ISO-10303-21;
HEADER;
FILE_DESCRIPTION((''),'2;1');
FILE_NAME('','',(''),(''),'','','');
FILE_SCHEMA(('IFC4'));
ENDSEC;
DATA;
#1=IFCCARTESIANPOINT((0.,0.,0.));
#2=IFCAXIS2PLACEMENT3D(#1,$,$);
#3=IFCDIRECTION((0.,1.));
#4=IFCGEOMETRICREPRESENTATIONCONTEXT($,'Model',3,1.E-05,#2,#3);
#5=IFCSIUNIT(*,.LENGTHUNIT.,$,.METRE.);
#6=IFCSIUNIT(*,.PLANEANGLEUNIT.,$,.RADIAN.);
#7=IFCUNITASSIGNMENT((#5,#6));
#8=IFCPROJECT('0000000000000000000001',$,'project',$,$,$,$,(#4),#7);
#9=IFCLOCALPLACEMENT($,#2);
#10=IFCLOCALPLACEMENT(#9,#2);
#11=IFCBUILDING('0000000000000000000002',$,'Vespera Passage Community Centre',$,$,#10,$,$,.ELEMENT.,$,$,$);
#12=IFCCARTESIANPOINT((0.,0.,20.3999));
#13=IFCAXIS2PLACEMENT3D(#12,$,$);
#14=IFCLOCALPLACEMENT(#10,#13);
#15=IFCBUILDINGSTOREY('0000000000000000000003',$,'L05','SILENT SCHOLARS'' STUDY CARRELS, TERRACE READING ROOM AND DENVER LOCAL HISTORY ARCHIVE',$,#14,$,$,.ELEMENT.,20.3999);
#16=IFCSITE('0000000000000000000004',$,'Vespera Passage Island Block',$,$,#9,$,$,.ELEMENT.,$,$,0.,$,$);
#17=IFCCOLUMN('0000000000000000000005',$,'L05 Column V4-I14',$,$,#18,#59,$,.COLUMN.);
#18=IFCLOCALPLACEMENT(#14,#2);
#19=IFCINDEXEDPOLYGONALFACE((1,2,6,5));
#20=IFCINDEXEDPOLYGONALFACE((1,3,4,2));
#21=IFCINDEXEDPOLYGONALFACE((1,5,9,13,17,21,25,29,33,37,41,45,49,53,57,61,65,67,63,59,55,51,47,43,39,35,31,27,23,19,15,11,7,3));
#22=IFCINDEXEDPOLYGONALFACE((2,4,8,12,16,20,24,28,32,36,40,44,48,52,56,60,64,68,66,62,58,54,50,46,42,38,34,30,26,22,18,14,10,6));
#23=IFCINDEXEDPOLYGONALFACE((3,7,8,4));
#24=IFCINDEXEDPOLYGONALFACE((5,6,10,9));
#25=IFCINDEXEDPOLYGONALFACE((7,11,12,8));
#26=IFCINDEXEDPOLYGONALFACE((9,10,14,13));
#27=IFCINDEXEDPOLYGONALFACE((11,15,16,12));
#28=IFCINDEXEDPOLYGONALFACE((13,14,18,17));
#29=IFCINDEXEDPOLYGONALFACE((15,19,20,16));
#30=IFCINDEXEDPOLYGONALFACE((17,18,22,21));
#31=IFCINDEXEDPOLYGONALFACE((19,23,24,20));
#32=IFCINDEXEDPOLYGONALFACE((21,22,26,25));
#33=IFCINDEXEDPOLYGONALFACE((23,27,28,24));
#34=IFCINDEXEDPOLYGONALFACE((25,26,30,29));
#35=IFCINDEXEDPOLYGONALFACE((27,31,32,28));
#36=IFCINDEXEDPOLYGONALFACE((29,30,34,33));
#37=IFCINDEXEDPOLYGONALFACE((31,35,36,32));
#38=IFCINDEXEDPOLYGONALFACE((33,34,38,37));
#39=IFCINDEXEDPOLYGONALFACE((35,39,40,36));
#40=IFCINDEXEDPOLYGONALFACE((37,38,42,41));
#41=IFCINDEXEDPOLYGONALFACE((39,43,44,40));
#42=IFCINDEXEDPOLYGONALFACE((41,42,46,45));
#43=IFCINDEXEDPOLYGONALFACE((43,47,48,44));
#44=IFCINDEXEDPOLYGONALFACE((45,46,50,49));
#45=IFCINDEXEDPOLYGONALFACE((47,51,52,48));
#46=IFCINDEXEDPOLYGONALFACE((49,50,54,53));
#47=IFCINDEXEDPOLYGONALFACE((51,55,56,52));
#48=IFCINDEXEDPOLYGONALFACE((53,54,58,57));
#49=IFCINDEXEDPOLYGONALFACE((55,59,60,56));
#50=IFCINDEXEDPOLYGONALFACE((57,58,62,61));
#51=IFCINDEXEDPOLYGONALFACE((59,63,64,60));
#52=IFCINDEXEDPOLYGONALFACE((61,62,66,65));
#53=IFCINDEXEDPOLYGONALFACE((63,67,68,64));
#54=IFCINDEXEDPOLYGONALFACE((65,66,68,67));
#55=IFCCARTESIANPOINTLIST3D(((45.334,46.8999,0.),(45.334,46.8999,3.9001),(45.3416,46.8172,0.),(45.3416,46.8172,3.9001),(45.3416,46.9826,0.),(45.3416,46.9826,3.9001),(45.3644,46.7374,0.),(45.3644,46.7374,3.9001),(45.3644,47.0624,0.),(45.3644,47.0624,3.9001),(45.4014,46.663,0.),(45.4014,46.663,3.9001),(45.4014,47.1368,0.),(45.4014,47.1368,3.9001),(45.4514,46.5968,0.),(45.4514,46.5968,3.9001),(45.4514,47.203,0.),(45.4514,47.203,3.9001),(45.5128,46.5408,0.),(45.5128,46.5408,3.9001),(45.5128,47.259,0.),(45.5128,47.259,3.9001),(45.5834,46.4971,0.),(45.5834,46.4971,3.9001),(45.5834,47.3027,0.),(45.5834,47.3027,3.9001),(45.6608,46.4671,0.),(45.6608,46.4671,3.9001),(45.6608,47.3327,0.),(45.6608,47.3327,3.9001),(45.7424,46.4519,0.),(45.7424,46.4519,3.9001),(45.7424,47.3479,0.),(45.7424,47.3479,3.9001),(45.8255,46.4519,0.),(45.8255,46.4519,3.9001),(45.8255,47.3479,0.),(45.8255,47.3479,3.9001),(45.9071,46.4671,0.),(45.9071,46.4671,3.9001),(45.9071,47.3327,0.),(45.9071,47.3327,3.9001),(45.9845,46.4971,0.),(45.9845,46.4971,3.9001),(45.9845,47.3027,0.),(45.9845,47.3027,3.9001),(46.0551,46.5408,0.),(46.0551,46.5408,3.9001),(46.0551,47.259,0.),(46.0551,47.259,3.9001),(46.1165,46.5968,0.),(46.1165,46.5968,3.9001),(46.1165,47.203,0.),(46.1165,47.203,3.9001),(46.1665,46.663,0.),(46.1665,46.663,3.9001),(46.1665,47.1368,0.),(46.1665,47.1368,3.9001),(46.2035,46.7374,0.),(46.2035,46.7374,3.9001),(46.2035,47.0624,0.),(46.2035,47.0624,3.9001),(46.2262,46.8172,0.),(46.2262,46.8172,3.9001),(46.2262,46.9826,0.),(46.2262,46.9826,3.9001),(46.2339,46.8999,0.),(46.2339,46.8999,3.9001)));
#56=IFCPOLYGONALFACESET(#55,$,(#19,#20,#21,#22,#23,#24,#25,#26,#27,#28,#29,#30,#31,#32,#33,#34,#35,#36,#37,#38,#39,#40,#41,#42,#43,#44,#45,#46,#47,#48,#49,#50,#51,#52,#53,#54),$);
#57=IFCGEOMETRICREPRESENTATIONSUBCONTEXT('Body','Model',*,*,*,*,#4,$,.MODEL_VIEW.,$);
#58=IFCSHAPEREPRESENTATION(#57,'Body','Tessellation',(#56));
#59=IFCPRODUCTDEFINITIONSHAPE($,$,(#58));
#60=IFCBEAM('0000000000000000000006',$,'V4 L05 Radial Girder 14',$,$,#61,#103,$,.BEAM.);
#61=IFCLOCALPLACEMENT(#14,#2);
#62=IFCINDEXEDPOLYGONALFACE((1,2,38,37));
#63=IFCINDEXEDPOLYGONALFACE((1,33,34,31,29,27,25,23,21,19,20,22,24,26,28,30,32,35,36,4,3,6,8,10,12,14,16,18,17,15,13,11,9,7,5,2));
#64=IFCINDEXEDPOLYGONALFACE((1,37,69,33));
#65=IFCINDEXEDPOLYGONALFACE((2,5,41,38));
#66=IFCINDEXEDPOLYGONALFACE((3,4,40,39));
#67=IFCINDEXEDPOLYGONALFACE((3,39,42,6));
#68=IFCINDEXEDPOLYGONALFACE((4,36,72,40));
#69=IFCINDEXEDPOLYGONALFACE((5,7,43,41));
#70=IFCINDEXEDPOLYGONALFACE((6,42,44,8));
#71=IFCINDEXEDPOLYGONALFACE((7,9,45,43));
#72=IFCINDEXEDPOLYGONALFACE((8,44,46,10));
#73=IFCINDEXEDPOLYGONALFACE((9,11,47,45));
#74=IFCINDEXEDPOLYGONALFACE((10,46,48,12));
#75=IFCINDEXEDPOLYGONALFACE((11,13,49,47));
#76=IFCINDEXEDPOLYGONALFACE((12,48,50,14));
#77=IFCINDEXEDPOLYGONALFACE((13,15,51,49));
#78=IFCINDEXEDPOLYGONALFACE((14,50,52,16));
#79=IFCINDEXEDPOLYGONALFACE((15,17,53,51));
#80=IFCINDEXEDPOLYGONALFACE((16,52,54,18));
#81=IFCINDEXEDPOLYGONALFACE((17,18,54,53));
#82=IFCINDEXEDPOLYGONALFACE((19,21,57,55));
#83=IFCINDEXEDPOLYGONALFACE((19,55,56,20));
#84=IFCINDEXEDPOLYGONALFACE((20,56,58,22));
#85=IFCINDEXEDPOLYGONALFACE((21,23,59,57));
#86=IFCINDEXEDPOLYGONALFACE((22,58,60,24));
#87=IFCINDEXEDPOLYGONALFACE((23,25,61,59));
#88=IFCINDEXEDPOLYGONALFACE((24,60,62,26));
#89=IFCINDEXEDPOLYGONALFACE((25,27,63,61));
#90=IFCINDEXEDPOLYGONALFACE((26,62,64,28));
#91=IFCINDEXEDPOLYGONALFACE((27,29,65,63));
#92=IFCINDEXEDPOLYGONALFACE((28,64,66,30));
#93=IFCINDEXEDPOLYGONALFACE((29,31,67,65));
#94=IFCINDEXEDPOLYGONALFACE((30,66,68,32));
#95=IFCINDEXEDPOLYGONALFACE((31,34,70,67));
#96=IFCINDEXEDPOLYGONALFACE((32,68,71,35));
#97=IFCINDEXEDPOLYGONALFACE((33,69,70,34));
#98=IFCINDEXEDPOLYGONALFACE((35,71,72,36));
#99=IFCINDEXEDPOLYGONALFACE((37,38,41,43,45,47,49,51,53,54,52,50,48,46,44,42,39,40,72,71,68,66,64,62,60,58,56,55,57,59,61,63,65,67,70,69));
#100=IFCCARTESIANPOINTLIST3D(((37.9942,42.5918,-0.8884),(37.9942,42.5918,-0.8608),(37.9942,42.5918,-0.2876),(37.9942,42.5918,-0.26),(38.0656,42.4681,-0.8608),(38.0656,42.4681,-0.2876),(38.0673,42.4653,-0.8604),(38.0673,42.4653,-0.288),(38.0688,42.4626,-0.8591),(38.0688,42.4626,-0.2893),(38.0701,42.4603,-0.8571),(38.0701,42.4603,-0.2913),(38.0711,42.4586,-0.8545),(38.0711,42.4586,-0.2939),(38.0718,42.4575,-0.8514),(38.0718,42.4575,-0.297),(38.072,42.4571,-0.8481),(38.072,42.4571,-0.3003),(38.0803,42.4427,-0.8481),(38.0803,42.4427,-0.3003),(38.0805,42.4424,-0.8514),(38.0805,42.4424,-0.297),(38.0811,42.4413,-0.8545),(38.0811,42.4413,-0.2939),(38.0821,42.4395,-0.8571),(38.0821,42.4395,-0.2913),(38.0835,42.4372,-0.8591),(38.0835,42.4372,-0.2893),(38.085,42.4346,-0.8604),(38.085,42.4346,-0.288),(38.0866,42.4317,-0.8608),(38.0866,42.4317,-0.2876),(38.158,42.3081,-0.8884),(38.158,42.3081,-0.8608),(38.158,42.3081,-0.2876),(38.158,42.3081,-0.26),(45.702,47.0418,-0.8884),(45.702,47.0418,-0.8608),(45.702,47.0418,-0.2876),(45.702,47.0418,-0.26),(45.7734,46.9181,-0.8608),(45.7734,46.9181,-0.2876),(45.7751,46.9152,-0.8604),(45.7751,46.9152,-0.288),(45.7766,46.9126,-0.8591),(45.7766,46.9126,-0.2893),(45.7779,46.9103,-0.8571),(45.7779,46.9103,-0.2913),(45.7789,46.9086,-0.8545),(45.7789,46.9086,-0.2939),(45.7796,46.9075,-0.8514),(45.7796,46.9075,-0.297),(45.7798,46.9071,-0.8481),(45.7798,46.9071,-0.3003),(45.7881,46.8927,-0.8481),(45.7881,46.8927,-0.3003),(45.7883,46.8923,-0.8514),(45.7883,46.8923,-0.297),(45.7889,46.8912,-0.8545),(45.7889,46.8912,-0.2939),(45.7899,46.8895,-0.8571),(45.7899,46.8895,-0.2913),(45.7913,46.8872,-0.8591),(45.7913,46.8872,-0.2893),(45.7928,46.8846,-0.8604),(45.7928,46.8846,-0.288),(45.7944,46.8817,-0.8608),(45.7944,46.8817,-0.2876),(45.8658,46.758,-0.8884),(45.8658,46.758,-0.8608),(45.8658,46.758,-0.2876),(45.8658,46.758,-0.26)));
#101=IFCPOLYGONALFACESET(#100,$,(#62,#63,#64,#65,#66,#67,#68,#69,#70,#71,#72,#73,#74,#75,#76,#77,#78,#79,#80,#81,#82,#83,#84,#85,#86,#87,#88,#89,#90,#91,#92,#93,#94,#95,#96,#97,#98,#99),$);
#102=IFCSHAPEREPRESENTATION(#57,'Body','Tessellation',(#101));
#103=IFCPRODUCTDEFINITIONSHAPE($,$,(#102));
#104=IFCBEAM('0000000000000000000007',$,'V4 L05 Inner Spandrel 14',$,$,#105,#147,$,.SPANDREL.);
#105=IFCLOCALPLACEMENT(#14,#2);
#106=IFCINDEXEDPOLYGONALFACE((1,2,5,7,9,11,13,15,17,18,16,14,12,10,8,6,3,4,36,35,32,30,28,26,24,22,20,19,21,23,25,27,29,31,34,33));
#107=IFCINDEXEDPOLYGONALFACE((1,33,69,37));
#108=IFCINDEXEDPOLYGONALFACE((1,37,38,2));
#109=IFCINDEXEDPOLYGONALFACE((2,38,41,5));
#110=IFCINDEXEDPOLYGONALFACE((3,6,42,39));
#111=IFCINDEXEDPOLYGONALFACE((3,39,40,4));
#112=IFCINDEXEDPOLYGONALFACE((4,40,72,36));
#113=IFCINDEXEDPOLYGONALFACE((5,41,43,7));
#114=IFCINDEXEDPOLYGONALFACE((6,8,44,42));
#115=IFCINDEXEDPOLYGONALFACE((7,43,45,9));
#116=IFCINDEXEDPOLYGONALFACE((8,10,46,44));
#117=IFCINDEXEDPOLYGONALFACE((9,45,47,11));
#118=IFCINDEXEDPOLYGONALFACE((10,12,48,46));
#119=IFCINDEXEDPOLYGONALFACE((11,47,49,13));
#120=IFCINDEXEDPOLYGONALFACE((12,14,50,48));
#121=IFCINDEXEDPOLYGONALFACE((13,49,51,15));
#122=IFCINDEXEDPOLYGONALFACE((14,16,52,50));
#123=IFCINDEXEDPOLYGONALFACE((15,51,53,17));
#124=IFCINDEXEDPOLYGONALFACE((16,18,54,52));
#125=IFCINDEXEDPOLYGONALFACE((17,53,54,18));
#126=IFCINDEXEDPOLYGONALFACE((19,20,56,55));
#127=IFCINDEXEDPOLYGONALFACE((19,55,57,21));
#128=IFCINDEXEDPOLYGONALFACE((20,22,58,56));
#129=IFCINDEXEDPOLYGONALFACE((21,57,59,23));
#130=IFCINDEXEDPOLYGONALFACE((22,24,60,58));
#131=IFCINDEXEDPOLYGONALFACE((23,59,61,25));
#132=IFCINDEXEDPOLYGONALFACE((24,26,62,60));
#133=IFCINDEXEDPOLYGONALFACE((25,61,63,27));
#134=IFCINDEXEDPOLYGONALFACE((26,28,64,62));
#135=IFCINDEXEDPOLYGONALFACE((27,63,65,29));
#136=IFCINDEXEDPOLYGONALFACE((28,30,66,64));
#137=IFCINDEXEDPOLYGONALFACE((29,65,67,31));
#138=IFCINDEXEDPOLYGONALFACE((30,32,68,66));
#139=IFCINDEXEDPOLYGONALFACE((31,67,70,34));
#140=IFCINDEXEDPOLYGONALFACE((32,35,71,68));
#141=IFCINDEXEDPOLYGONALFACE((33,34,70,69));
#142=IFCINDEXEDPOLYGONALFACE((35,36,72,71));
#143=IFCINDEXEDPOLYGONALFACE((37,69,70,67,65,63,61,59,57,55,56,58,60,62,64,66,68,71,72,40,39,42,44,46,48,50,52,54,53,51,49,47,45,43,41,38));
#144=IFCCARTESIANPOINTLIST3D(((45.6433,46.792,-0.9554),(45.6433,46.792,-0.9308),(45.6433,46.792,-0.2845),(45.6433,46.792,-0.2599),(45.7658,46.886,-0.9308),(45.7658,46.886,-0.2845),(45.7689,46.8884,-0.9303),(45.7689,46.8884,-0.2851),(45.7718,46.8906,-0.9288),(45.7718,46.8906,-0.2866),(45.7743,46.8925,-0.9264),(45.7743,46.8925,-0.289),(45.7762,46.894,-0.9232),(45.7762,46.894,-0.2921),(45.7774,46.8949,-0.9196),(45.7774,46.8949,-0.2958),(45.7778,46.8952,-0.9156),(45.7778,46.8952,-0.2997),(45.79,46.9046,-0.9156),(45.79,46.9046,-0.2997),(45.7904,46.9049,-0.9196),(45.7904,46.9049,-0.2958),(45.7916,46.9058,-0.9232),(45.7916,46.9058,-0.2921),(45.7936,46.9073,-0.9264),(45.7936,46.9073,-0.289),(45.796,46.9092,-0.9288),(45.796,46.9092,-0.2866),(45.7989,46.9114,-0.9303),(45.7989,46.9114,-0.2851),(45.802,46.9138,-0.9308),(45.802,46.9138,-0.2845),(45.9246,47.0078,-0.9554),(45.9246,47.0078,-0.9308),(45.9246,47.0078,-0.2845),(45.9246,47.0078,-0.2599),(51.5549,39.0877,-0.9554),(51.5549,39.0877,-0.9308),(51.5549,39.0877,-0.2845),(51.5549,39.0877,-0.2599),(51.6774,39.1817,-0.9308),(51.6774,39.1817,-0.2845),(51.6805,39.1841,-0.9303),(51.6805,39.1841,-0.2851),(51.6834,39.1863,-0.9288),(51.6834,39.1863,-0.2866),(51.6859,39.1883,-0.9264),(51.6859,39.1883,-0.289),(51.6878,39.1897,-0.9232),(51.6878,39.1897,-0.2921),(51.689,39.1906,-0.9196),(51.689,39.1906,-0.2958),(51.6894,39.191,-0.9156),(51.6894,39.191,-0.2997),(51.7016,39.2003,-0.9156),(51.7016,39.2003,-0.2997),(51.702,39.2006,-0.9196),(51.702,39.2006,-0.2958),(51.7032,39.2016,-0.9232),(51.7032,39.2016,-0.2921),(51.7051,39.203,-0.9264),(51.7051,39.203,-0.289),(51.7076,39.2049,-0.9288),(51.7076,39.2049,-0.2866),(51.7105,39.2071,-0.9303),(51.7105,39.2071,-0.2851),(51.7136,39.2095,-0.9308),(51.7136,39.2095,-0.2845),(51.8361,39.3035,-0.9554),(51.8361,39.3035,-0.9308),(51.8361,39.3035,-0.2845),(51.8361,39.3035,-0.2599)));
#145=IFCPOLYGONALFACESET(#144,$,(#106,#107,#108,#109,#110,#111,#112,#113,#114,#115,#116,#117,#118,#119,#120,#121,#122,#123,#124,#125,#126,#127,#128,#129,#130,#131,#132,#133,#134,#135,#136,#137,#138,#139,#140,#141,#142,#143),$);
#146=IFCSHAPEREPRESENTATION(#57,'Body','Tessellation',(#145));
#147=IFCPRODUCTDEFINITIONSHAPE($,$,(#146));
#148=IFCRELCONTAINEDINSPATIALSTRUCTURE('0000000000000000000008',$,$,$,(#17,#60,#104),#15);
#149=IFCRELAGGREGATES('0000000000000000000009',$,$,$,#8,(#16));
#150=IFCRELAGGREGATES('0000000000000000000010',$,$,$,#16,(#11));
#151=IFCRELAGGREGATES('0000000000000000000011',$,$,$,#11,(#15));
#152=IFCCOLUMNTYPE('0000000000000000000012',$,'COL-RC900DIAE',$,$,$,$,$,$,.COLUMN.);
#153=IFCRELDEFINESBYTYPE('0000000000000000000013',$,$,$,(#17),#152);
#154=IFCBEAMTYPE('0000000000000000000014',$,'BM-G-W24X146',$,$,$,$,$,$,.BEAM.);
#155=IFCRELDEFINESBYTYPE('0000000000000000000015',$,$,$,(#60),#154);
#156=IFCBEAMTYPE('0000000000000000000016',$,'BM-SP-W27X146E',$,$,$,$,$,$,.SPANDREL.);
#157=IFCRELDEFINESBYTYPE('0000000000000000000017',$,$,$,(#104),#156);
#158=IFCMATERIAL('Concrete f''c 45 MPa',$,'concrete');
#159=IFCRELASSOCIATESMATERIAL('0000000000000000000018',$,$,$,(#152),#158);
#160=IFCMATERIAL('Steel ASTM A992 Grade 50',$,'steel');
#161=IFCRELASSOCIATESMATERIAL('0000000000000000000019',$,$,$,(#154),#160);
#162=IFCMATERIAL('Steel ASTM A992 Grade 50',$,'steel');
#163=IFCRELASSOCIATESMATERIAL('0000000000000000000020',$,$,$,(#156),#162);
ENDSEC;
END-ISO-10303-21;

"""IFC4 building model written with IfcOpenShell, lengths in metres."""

from ifc_helpers import new_model, si_unit, direction, frame, origin, origin_2d, place, context, subcontext, project, spatial, circle, i_section, extrude, material, material_profile, profile_set, type_object, element, save


model = new_model("IFC4")

# Units and contexts
model_context = context("Model", 3, precision=1e-05, world=origin(), true_north=direction((0.0, 1.0)))
body_context = subcontext(model_context, "Body", "Model", "MODEL_VIEW")
ifc_project = project(units=[si_unit("LENGTHUNIT", "METRE"), si_unit("PLANEANGLEUNIT", "RADIAN")], contexts=[model_context])

# Site, building, storey
site_placement = place(None, origin())
site = spatial("IfcSite", under=ifc_project, at=site_placement, Name="Vespera Passage Island Block", CompositionType="ELEMENT", RefElevation=0.0)
building_placement = place(site_placement, origin())
building = spatial("IfcBuilding", under=site, at=building_placement, Name="Vespera Passage Community Centre", CompositionType="ELEMENT")
storey_placement = place(building_placement, frame((0.0, 0.0, 20.3999)))
storey = spatial("IfcBuildingStorey", under=building, at=storey_placement, Name="L05", Description="SILENT SCHOLARS' STUDY CARRELS, TERRACE READING ROOM AND DENVER LOCAL HISTORY ARCHIVE", CompositionType="ELEMENT", Elevation=20.3999)

# Column
ifc_material_1 = material(Name="Concrete f'c 45 MPa", Category="concrete")
ifc_material_profile_1 = material_profile(ifc_material_1, circle(Radius=0.45, at=origin_2d()), Name="RC900DIA")
ifc_profile_set_1 = profile_set([ifc_material_profile_1], Name="Concrete f'c 45 MPa")
column_type = type_object("IfcColumnType", Name="COL-RC900DIAE", PredefinedType="COLUMN", material=ifc_profile_set_1)
column_placement = place(storey_placement, frame((45.7839, 46.8999, 0.0), z_axis=(0.0, 0.0, 1.0), x_axis=(1.0, 0.0, 0.0)))
element("IfcColumn", 1, at=column_placement, inside=storey, type_object=column_type, Name="L05 Column V4-I14", PredefinedType="COLUMN", context=body_context, shape_type="SweptSolid", body=[
    extrude(circle(Radius=0.45, at=origin_2d()), origin(), (0.0, 0.0, 1.0), 3.9001),
])

# Beams
ifc_material_2 = material(Name="Steel ASTM A992 Grade 50", Category="steel")
ifc_material_profile_2 = material_profile(ifc_material_2, i_section(OverallWidth=0.3276, OverallDepth=0.6284, WebThickness=0.0166, FlangeThickness=0.0276, FilletRadius=0.0127, at=origin_2d()), Name="W24X146")
ifc_profile_set_2 = profile_set([ifc_material_profile_2], Name="Steel ASTM A992 Grade 50")
beam_type_1 = type_object("IfcBeamType", Name="BM-G-W24X146", PredefinedType="BEAM", material=ifc_profile_set_2)
beam_1_placement = place(storey_placement, frame((45.7839, 46.8999, -0.5742), z_axis=(-0.866032, -0.499989, 0.0), x_axis=(0.499989, -0.866032, 0.0)))
element("IfcBeam", 2, at=beam_1_placement, inside=storey, type_object=beam_type_1, Name="V4 L05 Radial Girder 14", PredefinedType="BEAM", context=body_context, shape_type="SweptSolid", body=[
    extrude(i_section(OverallWidth=0.3276, OverallDepth=0.6284, WebThickness=0.0166, FlangeThickness=0.0276, FilletRadius=0.0127, at=origin_2d()), origin(), (0.0, 0.0, 1.0), 8.9001),
])
ifc_material_3 = material(Name="Steel ASTM A992 Grade 50", Category="steel")
ifc_material_profile_3 = material_profile(ifc_material_3, i_section(OverallWidth=0.3545, OverallDepth=0.6956, WebThickness=0.0154, FlangeThickness=0.0247, FilletRadius=0.0151, at=origin_2d()), Name="W27X146")
ifc_profile_set_3 = profile_set([ifc_material_profile_3], Name="Steel ASTM A992 Grade 50")
beam_type_2 = type_object("IfcBeamType", Name="BM-SP-W27X146E", PredefinedType="SPANDREL", material=ifc_profile_set_3)
beam_2_placement = place(storey_placement, frame((45.7839, 46.8999, -0.6077), z_axis=(0.608753, -0.79336, 0.0), x_axis=(0.79336, 0.608753, 0.0)))
element("IfcBeam", 3, at=beam_2_placement, inside=storey, type_object=beam_type_2, Name="V4 L05 Inner Spandrel 14", PredefinedType="SPANDREL", context=body_context, shape_type="SweptSolid", body=[
    extrude(i_section(OverallWidth=0.3545, OverallDepth=0.6956, WebThickness=0.0154, FlangeThickness=0.0247, FilletRadius=0.0151, at=origin_2d()), origin(), (0.0, 0.0, 1.0), 9.7109),
])

save(model, "model.ifc")
